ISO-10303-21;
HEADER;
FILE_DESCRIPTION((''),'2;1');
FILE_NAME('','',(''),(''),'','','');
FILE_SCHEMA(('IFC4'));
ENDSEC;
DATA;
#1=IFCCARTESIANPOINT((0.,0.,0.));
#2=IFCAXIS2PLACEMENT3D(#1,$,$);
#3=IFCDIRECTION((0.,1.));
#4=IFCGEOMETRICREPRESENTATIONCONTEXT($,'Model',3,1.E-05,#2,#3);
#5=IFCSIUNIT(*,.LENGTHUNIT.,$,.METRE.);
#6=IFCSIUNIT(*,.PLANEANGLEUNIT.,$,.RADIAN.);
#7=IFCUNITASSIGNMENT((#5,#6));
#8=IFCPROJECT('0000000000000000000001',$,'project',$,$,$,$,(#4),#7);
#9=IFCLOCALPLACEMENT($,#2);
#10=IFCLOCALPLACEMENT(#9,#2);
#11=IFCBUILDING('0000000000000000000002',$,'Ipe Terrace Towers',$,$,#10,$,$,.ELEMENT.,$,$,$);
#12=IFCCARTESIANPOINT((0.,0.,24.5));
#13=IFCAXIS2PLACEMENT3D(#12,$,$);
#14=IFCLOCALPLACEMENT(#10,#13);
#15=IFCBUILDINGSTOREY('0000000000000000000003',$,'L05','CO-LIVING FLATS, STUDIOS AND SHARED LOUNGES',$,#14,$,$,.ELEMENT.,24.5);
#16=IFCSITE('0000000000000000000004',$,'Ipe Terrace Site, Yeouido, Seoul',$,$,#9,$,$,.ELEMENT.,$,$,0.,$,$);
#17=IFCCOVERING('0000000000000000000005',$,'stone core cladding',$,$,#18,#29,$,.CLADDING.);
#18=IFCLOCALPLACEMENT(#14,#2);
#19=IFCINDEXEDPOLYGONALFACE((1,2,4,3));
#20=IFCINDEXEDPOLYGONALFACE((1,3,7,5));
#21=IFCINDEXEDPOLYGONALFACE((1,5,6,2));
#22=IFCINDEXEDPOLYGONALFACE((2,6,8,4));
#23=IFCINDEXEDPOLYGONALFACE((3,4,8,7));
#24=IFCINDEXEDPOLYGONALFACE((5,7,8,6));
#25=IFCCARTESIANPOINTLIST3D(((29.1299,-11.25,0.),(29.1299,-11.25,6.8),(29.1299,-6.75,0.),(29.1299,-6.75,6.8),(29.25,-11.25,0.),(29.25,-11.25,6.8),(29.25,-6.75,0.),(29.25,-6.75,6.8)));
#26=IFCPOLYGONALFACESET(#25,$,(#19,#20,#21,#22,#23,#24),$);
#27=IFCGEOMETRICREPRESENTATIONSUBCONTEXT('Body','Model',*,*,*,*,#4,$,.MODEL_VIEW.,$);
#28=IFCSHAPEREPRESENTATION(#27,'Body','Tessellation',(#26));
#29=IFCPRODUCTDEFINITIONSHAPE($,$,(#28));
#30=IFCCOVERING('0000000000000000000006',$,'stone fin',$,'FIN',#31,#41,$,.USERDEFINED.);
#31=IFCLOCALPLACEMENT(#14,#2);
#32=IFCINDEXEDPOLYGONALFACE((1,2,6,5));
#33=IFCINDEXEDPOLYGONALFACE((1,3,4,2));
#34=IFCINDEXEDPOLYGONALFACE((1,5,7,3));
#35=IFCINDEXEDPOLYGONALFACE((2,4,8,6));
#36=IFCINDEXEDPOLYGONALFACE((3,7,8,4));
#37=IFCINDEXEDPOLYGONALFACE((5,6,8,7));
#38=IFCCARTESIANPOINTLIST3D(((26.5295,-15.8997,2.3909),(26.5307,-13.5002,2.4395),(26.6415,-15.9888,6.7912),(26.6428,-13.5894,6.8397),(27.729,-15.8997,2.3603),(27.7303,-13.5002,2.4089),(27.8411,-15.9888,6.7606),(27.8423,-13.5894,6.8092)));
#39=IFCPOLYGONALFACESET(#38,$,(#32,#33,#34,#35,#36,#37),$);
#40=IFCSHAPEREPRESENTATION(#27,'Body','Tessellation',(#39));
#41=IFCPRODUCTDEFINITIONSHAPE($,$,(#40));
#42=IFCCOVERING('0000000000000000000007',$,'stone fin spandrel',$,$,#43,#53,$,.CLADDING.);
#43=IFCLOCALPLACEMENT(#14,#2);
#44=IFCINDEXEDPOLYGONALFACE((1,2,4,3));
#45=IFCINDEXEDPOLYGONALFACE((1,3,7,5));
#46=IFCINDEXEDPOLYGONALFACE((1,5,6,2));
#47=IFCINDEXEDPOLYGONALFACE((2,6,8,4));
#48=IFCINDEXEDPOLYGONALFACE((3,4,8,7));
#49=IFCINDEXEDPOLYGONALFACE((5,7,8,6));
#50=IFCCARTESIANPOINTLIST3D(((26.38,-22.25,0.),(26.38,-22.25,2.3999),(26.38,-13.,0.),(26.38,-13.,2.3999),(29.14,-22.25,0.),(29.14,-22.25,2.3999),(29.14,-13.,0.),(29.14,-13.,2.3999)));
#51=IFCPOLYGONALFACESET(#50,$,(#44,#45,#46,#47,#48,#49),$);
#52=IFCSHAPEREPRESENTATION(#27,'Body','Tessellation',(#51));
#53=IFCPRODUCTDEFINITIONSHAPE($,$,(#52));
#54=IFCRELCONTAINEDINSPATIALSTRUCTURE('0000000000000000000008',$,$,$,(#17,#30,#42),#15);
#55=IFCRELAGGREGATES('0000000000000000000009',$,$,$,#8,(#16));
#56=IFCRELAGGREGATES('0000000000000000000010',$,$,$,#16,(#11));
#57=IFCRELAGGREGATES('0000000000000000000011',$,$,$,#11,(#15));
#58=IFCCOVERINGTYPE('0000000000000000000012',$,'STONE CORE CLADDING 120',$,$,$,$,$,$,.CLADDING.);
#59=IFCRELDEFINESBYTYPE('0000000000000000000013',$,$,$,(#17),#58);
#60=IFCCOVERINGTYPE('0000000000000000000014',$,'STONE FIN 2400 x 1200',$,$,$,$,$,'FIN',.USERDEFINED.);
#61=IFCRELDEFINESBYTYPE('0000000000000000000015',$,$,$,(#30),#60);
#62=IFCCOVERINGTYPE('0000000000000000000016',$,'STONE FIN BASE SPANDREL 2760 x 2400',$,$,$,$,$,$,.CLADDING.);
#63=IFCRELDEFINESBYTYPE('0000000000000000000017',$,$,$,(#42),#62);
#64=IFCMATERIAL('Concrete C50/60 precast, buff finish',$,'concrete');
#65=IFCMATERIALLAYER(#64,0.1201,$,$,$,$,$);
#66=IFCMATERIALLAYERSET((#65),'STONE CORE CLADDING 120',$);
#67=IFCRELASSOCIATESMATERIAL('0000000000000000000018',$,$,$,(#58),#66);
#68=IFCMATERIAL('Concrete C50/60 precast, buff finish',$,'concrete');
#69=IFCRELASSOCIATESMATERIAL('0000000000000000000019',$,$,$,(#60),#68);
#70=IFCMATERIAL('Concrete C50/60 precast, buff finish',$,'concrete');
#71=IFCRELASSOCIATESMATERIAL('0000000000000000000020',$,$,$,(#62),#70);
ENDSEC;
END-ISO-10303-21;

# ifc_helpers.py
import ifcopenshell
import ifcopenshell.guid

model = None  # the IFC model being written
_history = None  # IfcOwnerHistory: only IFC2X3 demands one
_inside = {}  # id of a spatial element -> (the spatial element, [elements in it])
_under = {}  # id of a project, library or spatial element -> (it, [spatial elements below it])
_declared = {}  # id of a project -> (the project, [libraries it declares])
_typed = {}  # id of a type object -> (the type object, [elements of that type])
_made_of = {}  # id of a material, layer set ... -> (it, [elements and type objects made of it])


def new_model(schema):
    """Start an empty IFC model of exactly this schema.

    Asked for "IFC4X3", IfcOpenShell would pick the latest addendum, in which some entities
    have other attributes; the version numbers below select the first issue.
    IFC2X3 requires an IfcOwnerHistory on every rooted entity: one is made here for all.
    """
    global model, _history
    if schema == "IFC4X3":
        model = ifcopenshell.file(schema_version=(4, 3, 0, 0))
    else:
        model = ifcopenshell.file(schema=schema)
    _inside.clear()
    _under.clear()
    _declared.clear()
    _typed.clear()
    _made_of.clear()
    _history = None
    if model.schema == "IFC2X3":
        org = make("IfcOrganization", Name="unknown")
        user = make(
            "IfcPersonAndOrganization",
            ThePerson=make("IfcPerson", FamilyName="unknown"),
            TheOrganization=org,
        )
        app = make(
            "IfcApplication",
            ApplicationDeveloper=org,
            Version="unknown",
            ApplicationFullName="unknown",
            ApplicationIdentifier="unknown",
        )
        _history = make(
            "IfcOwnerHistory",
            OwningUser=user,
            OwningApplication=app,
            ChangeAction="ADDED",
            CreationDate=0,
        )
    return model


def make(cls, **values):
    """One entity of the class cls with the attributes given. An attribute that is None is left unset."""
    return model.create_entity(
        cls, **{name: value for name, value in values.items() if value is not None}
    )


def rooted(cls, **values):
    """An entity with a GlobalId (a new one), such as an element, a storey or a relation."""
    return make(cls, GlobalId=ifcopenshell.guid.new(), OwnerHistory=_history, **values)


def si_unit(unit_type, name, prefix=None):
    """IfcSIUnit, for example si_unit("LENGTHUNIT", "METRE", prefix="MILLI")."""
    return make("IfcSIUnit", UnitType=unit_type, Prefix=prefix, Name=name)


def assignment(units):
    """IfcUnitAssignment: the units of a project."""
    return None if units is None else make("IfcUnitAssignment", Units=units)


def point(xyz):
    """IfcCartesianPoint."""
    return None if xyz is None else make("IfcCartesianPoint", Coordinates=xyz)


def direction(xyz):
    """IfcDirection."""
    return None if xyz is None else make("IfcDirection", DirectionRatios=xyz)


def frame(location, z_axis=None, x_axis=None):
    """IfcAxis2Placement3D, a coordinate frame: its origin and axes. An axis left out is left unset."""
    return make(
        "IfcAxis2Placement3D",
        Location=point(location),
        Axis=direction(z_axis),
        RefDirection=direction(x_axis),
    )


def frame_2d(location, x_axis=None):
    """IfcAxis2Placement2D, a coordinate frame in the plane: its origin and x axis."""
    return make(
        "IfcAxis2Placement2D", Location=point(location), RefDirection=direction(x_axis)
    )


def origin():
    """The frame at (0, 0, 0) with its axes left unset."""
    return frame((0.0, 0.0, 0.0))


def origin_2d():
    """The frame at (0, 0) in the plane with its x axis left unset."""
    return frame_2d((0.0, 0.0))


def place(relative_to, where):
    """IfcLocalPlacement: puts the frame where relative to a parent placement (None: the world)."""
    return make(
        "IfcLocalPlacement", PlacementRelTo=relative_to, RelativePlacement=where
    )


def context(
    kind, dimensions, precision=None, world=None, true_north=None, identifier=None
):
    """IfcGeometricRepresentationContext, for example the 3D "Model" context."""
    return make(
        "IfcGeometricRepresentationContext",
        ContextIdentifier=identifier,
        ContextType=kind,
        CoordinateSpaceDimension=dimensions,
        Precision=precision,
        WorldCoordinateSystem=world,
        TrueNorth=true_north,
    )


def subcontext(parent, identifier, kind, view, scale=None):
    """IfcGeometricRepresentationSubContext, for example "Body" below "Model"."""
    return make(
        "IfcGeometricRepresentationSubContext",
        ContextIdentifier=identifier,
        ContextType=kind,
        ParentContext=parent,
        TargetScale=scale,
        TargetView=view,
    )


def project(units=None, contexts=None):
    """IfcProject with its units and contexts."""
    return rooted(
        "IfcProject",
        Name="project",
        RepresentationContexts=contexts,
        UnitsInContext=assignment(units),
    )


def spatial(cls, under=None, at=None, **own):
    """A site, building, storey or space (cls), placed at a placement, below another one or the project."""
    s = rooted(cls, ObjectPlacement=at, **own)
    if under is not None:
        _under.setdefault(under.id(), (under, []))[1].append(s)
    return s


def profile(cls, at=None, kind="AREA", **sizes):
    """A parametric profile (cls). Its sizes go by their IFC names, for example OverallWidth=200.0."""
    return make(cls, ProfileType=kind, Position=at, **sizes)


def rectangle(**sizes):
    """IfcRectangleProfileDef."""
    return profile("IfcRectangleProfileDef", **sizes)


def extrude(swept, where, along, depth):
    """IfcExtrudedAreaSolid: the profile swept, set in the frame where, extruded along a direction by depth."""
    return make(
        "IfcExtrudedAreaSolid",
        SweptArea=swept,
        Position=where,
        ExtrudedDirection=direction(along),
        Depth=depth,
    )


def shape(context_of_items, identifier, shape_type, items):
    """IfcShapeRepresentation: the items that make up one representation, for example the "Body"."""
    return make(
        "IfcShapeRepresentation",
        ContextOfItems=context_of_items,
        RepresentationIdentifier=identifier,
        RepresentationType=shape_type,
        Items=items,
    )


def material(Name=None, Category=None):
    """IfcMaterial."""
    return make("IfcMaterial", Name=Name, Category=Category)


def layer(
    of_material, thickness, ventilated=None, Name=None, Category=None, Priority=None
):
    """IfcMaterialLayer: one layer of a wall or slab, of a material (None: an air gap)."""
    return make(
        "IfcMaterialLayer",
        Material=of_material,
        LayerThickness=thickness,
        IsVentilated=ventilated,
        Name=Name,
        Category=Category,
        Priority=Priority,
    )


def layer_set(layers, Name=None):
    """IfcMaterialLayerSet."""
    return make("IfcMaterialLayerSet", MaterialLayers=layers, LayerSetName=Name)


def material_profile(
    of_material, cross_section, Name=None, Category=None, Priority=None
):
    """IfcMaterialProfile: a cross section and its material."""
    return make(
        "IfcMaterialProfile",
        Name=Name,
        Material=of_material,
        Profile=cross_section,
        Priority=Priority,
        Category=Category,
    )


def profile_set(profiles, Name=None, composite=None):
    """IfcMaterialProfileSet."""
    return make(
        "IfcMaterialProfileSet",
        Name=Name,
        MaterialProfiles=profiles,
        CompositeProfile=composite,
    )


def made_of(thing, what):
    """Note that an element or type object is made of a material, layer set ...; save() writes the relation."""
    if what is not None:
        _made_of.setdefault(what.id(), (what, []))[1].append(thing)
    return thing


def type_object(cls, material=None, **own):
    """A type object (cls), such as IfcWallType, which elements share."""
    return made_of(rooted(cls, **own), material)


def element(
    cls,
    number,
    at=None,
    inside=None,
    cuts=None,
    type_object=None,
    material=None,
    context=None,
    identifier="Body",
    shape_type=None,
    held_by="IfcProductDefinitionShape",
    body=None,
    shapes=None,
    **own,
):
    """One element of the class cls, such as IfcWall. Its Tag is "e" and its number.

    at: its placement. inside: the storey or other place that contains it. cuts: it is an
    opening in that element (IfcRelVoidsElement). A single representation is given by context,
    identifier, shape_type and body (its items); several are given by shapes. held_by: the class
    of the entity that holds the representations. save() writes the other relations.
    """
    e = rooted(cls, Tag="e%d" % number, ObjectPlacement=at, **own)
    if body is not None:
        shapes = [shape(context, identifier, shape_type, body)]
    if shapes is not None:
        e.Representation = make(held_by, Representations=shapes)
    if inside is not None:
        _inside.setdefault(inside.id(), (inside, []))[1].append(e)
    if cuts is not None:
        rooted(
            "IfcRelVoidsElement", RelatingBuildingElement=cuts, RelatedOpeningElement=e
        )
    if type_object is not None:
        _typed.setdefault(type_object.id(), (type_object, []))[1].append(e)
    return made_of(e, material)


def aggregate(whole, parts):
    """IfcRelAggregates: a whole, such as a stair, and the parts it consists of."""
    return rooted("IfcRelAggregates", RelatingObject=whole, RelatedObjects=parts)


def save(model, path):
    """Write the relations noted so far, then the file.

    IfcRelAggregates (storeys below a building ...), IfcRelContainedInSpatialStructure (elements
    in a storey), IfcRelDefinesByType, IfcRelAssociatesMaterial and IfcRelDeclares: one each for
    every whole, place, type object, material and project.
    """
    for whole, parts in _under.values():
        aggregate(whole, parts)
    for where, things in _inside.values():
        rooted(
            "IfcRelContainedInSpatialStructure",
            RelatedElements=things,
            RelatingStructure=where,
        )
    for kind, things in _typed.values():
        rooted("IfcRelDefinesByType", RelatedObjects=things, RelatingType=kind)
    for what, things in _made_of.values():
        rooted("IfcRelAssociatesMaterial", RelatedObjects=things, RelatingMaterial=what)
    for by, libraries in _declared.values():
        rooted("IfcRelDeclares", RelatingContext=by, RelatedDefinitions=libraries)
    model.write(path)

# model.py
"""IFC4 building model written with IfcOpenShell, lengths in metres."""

from ifc_helpers import new_model, si_unit, direction, frame, origin, origin_2d, place, context, subcontext, project, spatial, rectangle, extrude, material, layer, layer_set, material_profile, profile_set, type_object, element, save


model = new_model("IFC4")

# Units and contexts
model_context = context("Model", 3, precision=1e-05, world=origin(), true_north=direction((0.0, 1.0)))
body_context = subcontext(model_context, "Body", "Model", "MODEL_VIEW")
ifc_project = project(units=[si_unit("LENGTHUNIT", "METRE"), si_unit("PLANEANGLEUNIT", "RADIAN")], contexts=[model_context])

# Site, building, storey
site_placement = place(None, origin())
site = spatial("IfcSite", under=ifc_project, at=site_placement, Name="Ipe Terrace Site, Yeouido, Seoul", CompositionType="ELEMENT", RefElevation=0.0)
building_placement = place(site_placement, origin())
building = spatial("IfcBuilding", under=site, at=building_placement, Name="Ipe Terrace Towers", CompositionType="ELEMENT")
storey_placement = place(building_placement, frame((0.0, 0.0, 24.5)))
storey = spatial("IfcBuildingStorey", under=building, at=storey_placement, Name="L05", Description="CO-LIVING FLATS, STUDIOS AND SHARED LOUNGES", CompositionType="ELEMENT", Elevation=24.5)

# Coverings
ifc_material_1 = material(Name="Concrete C50/60 precast, buff finish", Category="concrete")
ifc_layer_1 = layer(ifc_material_1, 0.1201)
ifc_layer_set_1 = layer_set([ifc_layer_1], Name="STONE CORE CLADDING 120")
covering_type_1 = type_object("IfcCoveringType", Name="STONE CORE CLADDING 120", PredefinedType="CLADDING", material=ifc_layer_set_1)
covering_1_placement = place(storey_placement, frame((29.1899, -9.0, 0.0), z_axis=(0.0, 0.0, 1.0), x_axis=(0.0, -1.0, 0.0)))
element("IfcCovering", 1, at=covering_1_placement, inside=storey, type_object=covering_type_1, Name="stone core cladding", PredefinedType="CLADDING", context=body_context, shape_type="SweptSolid", body=[
    extrude(rectangle(XDim=4.5, YDim=0.1201, at=origin_2d()), origin(), (0.0, 0.0, 1.0), 6.8),
])
ifc_material_2 = material(Name="Concrete C50/60 precast, buff finish", Category="concrete")
ifc_material_profile_1 = material_profile(ifc_material_2, rectangle(XDim=2.3999, YDim=1.2, at=origin_2d()), Name="STONE FIN 2400 x 1200")
ifc_profile_set_1 = profile_set([ifc_material_profile_1], Name="Concrete C50/60 precast, buff finish")
covering_type_2 = type_object("IfcCoveringType", Name="STONE FIN 2400 x 1200", ElementType="FIN", PredefinedType="USERDEFINED", material=ifc_profile_set_1)
covering_2_placement = place(storey_placement, frame((27.1299, -14.7, 2.3999), z_axis=(0.025454, -0.020241, 0.999471), x_axis=(-0.000515, -0.999795, -0.020235)))
element("IfcCovering", 2, at=covering_2_placement, inside=storey, type_object=covering_type_2, Name="stone fin", ObjectType="FIN", PredefinedType="USERDEFINED", context=body_context, shape_type="SweptSolid", body=[
    extrude(rectangle(XDim=2.3999, YDim=1.2, at=origin_2d()), origin(), (0.0, 0.0, 1.0), 4.4026),
])
ifc_material_3 = material(Name="Concrete C50/60 precast, buff finish", Category="concrete")
ifc_material_profile_2 = material_profile(ifc_material_3, rectangle(XDim=2.76, YDim=2.3999, at=origin_2d()), Name="STONE FIN BASE SPANDREL 2760 x 2400")
ifc_profile_set_2 = profile_set([ifc_material_profile_2], Name="Concrete C50/60 precast, buff finish")
covering_type_3 = type_object("IfcCoveringType", Name="STONE FIN BASE SPANDREL 2760 x 2400", PredefinedType="CLADDING", material=ifc_profile_set_2)
covering_3_placement = place(storey_placement, frame((27.76, -13.0, 1.2), z_axis=(0.0, -1.0, 0.0), x_axis=(-1.0, 0.0, 0.0)))
element("IfcCovering", 3, at=covering_3_placement, inside=storey, type_object=covering_type_3, Name="stone fin spandrel", PredefinedType="CLADDING", context=body_context, shape_type="SweptSolid", body=[
    extrude(rectangle(XDim=2.76, YDim=2.3999, at=origin_2d()), origin(), (0.0, 0.0, 1.0), 9.25),
])

save(model, "model.ifc")
